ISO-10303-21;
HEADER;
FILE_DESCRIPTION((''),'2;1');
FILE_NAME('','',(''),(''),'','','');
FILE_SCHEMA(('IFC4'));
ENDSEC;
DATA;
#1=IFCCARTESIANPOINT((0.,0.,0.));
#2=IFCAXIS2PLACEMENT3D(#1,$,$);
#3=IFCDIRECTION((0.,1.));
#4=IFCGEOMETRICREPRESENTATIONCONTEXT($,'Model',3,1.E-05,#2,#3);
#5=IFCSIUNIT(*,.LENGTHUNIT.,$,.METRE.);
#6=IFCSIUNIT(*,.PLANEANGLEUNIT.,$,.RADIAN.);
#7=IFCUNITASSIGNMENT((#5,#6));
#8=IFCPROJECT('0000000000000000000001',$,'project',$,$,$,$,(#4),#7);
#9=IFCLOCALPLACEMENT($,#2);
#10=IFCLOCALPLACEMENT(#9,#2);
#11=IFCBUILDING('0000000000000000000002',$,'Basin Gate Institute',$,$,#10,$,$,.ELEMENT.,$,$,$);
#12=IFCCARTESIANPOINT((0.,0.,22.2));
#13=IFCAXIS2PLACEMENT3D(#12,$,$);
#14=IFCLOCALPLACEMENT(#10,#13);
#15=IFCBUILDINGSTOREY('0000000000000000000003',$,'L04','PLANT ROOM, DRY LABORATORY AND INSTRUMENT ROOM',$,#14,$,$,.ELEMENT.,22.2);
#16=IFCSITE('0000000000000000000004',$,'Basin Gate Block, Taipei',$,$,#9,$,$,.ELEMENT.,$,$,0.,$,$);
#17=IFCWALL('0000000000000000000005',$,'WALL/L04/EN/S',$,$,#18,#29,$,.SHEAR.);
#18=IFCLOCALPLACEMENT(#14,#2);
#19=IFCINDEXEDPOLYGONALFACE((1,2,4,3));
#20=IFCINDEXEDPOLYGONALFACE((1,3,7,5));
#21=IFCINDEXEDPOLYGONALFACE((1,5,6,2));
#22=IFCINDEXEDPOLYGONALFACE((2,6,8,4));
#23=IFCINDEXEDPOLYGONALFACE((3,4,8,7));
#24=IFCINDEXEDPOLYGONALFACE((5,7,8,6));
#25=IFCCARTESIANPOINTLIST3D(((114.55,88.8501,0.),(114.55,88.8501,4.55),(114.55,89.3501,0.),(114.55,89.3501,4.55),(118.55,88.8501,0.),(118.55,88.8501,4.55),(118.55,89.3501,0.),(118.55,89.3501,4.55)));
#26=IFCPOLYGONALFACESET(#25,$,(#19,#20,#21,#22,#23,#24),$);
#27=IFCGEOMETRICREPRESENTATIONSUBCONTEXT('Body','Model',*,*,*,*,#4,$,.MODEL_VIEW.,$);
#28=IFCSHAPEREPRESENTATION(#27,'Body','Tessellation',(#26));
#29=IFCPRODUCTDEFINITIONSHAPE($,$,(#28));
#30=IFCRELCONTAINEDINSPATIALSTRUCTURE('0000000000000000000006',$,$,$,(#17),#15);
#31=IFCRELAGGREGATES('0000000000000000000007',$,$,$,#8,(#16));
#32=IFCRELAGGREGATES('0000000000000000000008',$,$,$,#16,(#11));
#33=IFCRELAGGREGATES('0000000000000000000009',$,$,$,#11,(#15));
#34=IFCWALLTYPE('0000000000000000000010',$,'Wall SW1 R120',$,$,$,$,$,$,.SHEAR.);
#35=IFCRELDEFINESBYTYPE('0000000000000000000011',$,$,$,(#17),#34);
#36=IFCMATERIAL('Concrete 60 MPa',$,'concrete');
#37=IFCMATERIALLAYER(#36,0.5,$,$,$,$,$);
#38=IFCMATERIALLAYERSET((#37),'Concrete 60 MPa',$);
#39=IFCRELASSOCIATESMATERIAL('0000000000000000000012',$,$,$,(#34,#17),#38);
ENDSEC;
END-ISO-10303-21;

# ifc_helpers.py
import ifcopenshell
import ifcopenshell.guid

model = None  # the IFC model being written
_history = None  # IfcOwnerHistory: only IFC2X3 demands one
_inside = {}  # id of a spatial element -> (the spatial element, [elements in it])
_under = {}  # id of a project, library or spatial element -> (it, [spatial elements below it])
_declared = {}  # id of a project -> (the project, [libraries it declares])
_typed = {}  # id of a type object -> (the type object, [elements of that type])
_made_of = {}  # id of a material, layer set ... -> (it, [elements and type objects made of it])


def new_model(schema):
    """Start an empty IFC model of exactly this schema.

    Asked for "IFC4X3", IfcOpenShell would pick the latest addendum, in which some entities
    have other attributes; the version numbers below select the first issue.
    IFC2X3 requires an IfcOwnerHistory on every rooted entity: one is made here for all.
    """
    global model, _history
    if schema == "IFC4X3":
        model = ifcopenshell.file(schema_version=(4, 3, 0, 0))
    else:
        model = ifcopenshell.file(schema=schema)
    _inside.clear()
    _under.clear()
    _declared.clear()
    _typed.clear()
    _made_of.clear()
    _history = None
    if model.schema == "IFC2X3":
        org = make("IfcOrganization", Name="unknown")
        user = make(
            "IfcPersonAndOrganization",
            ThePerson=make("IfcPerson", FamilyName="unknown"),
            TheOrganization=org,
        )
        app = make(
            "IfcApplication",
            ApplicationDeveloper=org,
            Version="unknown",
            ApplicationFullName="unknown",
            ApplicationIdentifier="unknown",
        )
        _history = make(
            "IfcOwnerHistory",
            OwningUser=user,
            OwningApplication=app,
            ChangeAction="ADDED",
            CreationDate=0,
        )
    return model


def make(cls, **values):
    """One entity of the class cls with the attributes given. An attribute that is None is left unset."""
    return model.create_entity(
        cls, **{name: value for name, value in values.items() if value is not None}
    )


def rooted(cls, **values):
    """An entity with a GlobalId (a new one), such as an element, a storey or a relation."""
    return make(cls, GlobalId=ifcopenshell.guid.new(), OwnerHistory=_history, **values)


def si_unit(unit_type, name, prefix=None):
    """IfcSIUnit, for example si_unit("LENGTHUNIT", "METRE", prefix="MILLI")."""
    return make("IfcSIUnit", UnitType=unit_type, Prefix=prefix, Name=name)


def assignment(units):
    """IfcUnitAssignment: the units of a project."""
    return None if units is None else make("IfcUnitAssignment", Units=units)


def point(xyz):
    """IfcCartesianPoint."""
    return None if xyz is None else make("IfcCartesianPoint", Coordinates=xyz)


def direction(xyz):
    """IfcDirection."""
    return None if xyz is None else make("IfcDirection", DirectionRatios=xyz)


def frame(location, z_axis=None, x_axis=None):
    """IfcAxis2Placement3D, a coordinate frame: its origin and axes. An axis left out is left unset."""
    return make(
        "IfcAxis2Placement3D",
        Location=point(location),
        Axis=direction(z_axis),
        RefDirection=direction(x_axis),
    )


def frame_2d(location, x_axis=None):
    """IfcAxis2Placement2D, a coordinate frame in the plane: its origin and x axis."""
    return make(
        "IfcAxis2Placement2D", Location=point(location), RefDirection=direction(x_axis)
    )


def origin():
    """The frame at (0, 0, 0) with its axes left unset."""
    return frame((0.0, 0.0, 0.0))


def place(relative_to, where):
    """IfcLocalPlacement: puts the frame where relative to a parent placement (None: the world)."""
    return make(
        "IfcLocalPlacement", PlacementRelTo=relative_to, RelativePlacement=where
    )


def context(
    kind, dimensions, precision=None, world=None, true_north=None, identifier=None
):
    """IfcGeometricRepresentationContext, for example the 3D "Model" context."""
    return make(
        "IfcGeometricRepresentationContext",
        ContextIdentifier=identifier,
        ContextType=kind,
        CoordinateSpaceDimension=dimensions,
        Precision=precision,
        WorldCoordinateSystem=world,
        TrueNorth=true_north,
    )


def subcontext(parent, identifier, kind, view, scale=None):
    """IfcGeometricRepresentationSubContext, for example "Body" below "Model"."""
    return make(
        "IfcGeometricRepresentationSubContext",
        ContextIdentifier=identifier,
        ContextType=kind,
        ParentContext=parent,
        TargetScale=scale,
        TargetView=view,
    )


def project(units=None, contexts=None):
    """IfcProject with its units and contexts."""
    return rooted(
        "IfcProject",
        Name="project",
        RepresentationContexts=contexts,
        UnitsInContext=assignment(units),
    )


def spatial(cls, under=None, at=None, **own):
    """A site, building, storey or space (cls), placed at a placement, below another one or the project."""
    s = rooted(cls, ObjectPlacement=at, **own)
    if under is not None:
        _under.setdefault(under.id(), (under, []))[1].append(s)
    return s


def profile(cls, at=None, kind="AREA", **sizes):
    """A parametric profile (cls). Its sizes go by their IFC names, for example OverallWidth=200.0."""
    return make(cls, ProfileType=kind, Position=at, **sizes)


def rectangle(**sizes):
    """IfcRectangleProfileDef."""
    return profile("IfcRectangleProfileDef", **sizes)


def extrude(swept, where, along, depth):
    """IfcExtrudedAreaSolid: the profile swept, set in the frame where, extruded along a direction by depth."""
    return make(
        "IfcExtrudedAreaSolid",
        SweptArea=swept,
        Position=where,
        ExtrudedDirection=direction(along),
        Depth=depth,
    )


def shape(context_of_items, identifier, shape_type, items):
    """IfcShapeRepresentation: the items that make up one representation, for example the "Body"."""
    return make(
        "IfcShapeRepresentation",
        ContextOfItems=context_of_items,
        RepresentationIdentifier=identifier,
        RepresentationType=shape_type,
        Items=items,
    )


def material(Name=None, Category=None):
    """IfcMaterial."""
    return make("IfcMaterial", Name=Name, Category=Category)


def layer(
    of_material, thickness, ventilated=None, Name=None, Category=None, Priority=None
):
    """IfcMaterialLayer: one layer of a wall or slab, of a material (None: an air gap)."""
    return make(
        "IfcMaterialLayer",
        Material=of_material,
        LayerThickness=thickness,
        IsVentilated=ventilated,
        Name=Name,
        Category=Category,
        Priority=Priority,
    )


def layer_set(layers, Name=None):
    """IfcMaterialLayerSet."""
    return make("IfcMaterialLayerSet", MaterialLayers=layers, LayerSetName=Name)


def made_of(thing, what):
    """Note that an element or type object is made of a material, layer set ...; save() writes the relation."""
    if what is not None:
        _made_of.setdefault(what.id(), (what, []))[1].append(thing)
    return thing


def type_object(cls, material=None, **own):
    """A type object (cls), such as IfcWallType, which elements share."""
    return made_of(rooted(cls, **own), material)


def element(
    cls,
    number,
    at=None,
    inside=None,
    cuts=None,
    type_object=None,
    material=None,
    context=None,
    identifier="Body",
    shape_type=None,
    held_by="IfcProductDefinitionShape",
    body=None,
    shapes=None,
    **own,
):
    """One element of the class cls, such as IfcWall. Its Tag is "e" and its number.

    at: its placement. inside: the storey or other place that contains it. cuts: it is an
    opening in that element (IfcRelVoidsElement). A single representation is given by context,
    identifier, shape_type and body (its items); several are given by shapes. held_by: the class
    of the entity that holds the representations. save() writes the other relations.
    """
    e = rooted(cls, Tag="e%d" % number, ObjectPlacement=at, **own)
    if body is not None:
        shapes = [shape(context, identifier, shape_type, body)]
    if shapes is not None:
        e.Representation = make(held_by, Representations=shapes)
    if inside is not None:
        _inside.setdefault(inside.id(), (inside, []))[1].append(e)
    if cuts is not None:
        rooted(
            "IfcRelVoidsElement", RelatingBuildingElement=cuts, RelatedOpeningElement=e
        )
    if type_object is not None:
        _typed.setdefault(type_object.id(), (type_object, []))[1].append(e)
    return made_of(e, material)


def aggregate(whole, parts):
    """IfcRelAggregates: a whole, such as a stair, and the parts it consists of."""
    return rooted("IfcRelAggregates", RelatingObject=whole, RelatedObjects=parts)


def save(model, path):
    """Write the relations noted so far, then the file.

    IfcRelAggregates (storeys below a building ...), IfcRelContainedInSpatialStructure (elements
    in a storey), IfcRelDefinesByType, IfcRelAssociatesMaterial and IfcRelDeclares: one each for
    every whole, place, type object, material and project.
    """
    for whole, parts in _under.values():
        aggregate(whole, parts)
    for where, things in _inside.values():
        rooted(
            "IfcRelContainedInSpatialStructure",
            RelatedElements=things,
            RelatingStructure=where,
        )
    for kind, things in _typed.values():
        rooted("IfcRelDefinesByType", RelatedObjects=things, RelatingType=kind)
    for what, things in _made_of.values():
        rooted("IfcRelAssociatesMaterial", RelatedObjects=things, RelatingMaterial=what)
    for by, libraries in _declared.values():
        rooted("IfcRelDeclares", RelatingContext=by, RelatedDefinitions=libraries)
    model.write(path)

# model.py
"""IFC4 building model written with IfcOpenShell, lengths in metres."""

from ifc_helpers import new_model, si_unit, direction, frame, frame_2d, origin, place, context, subcontext, project, spatial, rectangle, extrude, material, layer, layer_set, type_object, element, save


model = new_model("IFC4")

# Units and contexts
model_context = context("Model", 3, precision=1e-05, world=origin(), true_north=direction((0.0, 1.0)))
body_context = subcontext(model_context, "Body", "Model", "MODEL_VIEW")
ifc_project = project(units=[si_unit("LENGTHUNIT", "METRE"), si_unit("PLANEANGLEUNIT", "RADIAN")], contexts=[model_context])

# Site, building, storey
site_placement = place(None, origin())
site = spatial("IfcSite", under=ifc_project, at=site_placement, Name="Basin Gate Block, Taipei", CompositionType="ELEMENT", RefElevation=0.0)
building_placement = place(site_placement, origin())
building = spatial("IfcBuilding", under=site, at=building_placement, Name="Basin Gate Institute", CompositionType="ELEMENT")
storey_placement = place(building_placement, frame((0.0, 0.0, 22.2)))
storey = spatial("IfcBuildingStorey", under=building, at=storey_placement, Name="L04", Description="PLANT ROOM, DRY LABORATORY AND INSTRUMENT ROOM", CompositionType="ELEMENT", Elevation=22.2)

# Shared definitions
ifc_material_1 = material(Name="Concrete 60 MPa", Category="concrete")
ifc_layer_1 = layer(ifc_material_1, 0.5)
ifc_layer_set_1 = layer_set([ifc_layer_1], Name="Concrete 60 MPa")
wall_type_1 = type_object("IfcWallType", Name="Wall SW1 R120", PredefinedType="SHEAR", material=ifc_layer_set_1)

# Wall
wall_1_placement = place(storey_placement, frame((118.55, 89.1001, 0.0), z_axis=(0.0, 0.0, 1.0), x_axis=(-1.0, 0.0, 0.0)))
element("IfcWall", 1, at=wall_1_placement, inside=storey, type_object=wall_type_1, material=ifc_layer_set_1, Name="WALL/L04/EN/S", PredefinedType="SHEAR", context=body_context, shape_type="SweptSolid", body=[
    extrude(rectangle(XDim=4.0, YDim=0.5, at=frame_2d((2.0, 0.0))), origin(), (0.0, 0.0, 1.0), 4.55),
])

save(model, "model.ifc")
